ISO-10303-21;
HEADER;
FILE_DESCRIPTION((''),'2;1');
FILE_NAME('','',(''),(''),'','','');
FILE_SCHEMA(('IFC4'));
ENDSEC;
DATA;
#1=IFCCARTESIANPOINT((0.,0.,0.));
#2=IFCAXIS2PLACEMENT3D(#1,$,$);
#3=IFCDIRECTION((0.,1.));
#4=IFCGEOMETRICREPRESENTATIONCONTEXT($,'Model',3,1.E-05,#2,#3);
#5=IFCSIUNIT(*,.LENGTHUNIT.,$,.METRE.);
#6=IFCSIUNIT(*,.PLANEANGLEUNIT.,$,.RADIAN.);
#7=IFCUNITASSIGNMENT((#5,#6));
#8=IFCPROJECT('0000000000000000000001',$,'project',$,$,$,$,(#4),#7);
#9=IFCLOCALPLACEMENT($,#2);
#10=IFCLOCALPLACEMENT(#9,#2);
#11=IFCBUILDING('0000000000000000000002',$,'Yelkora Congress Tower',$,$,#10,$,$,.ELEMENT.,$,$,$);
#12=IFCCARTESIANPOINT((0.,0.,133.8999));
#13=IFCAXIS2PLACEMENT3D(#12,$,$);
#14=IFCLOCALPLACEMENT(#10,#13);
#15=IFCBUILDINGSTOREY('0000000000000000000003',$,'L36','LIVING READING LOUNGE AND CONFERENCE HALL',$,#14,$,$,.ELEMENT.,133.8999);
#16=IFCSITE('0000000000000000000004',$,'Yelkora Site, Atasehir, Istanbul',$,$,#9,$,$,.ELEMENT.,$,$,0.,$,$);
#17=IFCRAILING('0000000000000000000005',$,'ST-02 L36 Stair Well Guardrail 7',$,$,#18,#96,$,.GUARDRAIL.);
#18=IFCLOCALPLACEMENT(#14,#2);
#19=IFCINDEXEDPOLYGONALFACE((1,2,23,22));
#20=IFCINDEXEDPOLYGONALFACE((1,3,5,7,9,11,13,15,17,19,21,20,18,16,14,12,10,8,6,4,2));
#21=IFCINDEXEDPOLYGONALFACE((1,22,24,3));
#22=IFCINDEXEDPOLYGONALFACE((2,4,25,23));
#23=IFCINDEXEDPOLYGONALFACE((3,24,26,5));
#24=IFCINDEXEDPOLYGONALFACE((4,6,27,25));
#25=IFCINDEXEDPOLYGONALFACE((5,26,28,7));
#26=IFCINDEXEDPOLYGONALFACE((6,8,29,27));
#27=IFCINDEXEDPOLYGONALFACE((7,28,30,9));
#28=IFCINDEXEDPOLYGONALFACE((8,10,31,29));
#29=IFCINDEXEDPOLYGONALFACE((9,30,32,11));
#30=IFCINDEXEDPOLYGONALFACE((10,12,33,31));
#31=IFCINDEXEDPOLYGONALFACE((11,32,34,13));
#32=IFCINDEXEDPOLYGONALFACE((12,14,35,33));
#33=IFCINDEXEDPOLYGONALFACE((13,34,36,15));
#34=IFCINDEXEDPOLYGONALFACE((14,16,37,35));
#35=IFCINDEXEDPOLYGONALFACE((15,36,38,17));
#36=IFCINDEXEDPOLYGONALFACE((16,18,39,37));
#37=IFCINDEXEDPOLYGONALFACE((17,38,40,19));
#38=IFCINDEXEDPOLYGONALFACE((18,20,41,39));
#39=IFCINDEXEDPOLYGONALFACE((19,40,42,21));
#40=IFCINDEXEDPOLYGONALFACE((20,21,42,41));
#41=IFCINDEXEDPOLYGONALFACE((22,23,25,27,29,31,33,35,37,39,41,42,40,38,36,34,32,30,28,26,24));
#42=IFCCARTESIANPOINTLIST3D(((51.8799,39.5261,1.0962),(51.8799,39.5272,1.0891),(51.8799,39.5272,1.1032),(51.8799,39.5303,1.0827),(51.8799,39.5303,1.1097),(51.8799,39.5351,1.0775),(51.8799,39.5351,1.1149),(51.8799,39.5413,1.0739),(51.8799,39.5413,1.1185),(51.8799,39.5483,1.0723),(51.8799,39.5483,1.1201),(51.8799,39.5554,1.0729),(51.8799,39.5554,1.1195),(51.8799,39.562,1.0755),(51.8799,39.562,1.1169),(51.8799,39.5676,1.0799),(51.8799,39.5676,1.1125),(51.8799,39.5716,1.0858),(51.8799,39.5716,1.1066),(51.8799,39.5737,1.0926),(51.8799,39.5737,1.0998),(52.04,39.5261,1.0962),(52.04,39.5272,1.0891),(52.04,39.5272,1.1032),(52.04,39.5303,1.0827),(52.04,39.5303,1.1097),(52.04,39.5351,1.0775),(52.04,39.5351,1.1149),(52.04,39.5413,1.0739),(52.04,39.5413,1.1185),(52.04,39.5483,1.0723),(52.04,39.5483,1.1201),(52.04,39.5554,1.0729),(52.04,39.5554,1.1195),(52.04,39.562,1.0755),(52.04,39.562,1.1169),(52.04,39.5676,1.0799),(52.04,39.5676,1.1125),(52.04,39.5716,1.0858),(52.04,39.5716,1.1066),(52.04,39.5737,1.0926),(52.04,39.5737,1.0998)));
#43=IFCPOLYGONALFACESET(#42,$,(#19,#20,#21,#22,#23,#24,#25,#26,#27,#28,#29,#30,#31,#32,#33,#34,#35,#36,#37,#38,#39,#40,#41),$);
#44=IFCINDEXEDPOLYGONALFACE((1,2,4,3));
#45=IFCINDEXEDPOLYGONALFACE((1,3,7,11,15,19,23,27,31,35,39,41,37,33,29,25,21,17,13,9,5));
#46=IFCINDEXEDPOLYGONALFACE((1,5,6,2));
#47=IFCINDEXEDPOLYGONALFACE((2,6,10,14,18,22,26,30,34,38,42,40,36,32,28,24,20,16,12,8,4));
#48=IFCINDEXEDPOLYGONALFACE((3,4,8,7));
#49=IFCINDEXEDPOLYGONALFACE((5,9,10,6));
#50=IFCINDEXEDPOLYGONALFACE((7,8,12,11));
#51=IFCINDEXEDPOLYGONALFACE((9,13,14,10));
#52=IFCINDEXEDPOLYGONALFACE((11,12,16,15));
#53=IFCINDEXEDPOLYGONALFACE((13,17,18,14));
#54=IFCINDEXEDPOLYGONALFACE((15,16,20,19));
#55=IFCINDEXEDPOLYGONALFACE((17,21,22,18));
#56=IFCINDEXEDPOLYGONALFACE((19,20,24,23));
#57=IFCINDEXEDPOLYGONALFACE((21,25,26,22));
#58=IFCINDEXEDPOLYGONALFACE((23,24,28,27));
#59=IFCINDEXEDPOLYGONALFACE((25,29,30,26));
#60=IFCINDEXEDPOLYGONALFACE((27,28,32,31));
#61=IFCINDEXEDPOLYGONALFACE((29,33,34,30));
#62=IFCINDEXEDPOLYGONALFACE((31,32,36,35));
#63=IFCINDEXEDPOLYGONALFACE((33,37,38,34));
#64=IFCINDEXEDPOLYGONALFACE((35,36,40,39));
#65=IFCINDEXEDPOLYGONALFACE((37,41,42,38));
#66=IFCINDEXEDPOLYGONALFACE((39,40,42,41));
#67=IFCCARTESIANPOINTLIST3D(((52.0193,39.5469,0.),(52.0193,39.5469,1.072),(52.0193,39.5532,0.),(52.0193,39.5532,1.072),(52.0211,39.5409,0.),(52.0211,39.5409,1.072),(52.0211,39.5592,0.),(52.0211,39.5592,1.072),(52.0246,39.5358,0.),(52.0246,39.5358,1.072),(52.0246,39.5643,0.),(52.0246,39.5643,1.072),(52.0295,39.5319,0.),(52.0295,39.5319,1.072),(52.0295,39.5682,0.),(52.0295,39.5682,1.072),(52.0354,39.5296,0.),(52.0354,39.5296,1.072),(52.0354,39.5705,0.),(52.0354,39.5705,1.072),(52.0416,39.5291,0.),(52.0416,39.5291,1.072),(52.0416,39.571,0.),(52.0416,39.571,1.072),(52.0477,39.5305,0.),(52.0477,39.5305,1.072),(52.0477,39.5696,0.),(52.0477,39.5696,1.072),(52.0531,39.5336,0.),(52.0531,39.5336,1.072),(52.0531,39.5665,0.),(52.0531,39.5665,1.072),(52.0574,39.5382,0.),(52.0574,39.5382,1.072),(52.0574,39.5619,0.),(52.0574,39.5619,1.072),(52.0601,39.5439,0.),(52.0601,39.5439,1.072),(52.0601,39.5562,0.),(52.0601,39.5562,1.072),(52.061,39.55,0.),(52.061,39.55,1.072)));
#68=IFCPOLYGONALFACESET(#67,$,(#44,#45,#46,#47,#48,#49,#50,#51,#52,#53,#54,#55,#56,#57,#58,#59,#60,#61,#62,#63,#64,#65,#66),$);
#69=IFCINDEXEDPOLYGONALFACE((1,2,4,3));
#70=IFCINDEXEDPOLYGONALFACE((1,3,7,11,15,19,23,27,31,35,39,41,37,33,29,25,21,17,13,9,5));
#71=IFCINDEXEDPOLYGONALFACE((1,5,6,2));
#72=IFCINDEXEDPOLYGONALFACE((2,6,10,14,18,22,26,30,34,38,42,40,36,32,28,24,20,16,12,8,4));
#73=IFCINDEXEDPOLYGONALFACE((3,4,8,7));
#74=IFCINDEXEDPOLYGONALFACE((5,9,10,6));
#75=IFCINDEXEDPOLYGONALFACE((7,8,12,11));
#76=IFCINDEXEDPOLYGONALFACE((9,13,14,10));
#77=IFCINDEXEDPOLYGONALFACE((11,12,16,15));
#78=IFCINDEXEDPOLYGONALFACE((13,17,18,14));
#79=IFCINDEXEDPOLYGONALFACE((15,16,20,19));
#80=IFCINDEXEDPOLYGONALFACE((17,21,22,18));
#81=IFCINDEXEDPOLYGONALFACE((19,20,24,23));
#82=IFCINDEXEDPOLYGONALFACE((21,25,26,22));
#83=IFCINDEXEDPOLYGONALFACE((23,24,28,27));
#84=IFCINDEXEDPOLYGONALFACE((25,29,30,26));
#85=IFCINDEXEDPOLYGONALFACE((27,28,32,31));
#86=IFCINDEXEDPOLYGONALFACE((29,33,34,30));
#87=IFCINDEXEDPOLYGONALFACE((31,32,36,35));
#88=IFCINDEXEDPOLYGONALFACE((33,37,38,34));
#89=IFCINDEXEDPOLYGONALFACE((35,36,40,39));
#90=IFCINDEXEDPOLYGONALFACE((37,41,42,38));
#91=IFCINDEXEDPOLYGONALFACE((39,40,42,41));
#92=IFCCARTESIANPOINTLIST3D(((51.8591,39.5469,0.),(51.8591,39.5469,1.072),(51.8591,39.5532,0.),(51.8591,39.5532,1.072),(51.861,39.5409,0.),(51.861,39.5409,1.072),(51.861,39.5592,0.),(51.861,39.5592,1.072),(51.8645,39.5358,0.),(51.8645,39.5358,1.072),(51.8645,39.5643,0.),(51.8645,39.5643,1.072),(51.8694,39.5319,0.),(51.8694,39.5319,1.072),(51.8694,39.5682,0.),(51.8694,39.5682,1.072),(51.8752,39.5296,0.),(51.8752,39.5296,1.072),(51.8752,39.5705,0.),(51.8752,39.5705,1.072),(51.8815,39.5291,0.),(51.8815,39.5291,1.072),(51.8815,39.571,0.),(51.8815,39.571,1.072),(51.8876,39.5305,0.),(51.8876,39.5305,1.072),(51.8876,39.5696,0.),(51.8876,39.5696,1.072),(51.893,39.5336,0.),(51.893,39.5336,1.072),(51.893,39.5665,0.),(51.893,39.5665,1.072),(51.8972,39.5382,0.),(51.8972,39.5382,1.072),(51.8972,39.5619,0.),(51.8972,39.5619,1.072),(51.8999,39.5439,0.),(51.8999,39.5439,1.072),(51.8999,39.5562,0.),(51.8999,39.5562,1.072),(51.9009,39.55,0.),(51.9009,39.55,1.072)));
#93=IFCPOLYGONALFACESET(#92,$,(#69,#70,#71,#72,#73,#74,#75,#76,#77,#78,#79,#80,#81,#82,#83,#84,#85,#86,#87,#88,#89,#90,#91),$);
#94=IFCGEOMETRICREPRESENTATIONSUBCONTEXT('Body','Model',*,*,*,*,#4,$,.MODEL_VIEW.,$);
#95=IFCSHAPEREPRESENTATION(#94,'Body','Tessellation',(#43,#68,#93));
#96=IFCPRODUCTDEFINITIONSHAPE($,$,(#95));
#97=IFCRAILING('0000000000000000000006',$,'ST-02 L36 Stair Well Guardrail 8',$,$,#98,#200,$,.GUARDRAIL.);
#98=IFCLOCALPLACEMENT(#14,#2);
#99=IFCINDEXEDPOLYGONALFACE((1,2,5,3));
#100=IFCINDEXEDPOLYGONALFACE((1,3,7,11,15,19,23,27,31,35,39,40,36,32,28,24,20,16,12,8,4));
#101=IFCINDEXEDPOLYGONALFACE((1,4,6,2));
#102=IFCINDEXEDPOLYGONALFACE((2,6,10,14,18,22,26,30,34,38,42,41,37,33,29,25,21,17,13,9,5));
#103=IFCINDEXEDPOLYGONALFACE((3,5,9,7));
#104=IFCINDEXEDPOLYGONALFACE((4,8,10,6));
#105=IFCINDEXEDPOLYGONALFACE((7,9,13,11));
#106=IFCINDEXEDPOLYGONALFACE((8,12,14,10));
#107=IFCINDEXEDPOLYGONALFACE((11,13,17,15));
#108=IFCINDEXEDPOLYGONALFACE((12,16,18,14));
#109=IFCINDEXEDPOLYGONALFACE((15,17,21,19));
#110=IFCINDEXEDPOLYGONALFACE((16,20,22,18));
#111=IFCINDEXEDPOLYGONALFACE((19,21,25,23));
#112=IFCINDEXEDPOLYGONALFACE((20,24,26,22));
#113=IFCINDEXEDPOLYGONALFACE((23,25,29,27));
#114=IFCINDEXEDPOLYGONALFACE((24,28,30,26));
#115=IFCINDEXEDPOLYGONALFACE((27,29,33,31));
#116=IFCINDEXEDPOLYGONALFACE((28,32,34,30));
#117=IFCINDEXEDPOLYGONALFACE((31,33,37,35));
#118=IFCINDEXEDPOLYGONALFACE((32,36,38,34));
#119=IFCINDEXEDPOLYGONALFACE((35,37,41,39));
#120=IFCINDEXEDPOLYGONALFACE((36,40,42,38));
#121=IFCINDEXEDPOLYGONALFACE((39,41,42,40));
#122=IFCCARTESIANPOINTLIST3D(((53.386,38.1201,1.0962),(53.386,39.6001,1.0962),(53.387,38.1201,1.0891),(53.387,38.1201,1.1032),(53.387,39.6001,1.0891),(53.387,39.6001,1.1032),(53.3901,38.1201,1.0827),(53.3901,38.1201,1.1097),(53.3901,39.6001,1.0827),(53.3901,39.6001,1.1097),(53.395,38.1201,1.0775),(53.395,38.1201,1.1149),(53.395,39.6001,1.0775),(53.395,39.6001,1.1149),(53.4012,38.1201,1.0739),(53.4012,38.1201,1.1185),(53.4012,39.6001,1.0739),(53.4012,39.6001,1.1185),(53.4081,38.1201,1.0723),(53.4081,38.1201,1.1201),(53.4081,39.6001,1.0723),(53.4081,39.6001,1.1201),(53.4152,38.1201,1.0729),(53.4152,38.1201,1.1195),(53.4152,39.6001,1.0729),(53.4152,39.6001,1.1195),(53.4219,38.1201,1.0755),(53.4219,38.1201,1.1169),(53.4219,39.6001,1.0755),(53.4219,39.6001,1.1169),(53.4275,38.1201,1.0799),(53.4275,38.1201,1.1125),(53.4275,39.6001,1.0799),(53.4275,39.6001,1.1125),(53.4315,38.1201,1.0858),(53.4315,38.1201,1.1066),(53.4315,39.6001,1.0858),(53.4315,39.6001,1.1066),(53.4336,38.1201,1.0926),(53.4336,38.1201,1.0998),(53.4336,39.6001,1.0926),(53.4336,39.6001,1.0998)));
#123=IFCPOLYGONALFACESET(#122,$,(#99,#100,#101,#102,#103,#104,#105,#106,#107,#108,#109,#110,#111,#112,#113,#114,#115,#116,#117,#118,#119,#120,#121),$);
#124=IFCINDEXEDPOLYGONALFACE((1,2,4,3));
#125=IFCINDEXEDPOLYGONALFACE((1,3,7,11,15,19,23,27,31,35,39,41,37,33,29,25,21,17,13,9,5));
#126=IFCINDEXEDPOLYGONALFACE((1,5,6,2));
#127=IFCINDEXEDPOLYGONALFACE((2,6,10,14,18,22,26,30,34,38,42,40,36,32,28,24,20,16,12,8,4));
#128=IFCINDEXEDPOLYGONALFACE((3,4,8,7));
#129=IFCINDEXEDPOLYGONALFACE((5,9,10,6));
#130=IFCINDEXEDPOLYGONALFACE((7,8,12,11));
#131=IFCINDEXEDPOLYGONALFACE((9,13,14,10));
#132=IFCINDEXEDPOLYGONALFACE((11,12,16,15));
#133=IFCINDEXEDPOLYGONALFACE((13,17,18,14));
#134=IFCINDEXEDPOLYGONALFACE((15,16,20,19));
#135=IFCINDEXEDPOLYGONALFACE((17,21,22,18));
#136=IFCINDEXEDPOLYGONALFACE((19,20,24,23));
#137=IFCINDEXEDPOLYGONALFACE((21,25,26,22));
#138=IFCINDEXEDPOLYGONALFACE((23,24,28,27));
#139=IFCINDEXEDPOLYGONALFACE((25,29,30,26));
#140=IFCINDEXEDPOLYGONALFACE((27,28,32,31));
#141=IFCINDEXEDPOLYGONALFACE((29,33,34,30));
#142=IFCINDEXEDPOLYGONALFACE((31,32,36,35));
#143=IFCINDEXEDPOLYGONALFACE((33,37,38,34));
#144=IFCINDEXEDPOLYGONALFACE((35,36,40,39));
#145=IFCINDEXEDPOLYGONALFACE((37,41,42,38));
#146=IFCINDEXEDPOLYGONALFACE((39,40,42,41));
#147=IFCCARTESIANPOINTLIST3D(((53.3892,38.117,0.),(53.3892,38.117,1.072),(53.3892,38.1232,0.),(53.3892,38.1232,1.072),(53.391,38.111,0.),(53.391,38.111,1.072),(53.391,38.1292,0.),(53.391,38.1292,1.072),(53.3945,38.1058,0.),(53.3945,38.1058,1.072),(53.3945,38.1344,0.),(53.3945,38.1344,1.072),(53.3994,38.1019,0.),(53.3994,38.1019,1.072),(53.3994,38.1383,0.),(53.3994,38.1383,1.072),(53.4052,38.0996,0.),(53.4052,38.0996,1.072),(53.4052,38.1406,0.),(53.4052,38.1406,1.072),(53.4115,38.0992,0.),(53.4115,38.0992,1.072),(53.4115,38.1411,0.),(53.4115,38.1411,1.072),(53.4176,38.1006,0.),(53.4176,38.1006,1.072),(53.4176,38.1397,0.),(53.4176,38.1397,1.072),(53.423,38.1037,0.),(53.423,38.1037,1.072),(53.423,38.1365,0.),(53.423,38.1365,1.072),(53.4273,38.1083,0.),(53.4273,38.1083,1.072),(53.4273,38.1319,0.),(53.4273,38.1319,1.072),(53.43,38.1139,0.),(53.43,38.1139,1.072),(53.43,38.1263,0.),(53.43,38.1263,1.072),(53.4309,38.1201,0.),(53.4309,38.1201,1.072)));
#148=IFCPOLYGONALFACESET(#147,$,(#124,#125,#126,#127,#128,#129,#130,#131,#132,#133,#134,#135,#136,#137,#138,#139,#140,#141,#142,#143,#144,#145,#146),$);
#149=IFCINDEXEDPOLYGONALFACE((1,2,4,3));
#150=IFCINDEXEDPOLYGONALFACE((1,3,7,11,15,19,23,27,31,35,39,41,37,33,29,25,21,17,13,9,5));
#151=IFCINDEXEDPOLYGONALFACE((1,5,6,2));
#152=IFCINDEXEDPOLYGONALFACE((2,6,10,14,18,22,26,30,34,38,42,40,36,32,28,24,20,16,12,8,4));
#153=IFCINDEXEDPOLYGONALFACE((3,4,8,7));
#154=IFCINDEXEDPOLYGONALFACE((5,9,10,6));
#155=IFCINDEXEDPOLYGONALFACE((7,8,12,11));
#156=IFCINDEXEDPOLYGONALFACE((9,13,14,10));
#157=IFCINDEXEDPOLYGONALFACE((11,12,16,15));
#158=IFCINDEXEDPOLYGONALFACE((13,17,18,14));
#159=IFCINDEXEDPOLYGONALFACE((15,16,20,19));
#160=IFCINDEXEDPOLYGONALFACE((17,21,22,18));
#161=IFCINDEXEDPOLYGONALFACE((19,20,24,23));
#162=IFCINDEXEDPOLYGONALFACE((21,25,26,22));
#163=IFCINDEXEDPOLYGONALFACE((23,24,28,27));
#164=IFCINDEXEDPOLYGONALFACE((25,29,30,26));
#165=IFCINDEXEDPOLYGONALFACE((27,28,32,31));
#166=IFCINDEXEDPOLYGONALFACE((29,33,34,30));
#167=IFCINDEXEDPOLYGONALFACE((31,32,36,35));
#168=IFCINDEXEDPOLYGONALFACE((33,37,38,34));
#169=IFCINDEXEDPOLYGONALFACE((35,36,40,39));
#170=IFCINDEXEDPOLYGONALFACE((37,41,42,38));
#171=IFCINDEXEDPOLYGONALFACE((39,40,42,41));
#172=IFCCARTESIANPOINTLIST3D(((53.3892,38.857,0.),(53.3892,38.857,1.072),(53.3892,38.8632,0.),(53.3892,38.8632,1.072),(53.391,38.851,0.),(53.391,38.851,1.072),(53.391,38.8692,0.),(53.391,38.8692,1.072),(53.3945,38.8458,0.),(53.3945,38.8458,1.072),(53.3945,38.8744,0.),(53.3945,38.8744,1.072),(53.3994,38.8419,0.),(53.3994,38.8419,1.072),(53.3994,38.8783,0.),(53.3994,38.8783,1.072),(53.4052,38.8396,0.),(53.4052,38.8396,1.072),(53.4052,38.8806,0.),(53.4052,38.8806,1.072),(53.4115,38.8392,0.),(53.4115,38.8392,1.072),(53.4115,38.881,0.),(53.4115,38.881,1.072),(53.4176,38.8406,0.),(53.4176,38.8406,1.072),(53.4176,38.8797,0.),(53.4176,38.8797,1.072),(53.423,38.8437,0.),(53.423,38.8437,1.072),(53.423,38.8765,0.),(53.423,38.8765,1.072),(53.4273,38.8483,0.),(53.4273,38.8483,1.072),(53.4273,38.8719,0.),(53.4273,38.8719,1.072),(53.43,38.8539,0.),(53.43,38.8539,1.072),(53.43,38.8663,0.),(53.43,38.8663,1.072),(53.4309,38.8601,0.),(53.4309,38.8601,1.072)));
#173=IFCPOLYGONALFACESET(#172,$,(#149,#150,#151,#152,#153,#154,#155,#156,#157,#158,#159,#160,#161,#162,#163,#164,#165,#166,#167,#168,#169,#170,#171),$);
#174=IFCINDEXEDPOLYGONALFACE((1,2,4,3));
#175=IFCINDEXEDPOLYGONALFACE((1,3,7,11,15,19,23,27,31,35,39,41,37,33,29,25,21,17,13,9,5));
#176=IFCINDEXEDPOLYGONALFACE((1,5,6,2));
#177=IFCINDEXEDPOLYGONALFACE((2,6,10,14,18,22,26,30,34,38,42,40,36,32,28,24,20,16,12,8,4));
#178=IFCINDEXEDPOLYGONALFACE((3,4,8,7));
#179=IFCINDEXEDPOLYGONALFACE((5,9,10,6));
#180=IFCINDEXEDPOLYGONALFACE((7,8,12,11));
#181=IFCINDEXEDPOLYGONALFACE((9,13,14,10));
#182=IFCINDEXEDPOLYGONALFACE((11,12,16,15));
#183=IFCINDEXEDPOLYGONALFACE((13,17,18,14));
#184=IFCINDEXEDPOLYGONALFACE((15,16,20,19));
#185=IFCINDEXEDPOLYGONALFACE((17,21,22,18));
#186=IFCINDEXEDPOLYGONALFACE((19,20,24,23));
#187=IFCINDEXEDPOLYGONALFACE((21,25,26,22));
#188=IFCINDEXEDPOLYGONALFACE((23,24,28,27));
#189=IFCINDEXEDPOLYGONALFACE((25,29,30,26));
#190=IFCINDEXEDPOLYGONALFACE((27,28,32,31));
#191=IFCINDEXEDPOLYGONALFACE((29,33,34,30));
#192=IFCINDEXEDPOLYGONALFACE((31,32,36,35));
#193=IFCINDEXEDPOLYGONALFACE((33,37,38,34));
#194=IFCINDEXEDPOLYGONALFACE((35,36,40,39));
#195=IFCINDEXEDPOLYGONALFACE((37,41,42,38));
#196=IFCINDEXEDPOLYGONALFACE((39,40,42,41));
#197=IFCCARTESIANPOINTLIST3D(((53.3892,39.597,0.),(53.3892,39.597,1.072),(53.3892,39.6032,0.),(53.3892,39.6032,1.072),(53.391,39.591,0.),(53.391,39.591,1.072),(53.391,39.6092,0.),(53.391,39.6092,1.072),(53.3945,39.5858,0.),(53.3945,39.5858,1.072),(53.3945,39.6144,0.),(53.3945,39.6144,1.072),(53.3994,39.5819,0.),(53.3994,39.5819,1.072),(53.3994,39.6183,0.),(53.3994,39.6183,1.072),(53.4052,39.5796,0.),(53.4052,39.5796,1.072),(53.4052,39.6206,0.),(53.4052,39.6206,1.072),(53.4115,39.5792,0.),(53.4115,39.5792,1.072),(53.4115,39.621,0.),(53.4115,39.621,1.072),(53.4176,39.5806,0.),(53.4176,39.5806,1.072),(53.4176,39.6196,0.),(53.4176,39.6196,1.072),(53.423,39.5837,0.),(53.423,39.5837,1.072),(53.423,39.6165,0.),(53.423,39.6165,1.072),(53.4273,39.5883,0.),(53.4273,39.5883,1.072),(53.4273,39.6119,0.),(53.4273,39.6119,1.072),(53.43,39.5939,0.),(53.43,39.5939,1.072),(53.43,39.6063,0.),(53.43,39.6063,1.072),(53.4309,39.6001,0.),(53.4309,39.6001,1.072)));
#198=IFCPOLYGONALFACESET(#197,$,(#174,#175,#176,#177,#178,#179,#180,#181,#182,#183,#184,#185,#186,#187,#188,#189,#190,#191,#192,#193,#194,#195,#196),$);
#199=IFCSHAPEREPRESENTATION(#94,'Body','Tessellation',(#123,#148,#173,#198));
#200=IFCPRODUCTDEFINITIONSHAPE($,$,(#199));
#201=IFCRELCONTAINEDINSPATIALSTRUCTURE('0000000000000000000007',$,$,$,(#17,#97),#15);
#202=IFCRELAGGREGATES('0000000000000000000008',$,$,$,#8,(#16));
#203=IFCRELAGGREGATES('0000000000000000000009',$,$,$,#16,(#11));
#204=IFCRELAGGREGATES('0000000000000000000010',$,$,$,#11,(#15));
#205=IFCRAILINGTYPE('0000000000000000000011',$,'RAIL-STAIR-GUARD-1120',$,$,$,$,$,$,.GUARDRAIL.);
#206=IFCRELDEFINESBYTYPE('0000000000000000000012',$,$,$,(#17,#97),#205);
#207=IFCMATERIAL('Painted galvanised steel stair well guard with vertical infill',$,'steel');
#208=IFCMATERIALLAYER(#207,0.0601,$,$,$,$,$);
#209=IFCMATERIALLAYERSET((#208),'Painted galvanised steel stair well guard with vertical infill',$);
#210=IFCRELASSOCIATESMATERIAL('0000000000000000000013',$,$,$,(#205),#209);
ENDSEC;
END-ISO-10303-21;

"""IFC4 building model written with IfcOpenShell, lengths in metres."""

from ifc_helpers import new_model, si_unit, direction, frame, origin, origin_2d, place, context, subcontext, project, spatial, circle, extrude, material, layer, layer_set, type_object, element, save


model = new_model("IFC4")

# Units and contexts
model_context = context("Model", 3, precision=1e-05, world=origin(), true_north=direction((0.0, 1.0)))
body_context = subcontext(model_context, "Body", "Model", "MODEL_VIEW")
ifc_project = project(units=[si_unit("LENGTHUNIT", "METRE"), si_unit("PLANEANGLEUNIT", "RADIAN")], contexts=[model_context])

# Site, building, storey
site_placement = place(None, origin())
site = spatial("IfcSite", under=ifc_project, at=site_placement, Name="Yelkora Site, Atasehir, Istanbul", CompositionType="ELEMENT", RefElevation=0.0)
building_placement = place(site_placement, origin())
building = spatial("IfcBuilding", under=site, at=building_placement, Name="Yelkora Congress Tower", CompositionType="ELEMENT")
storey_placement = place(building_placement, frame((0.0, 0.0, 133.8999)))
storey = spatial("IfcBuildingStorey", under=building, at=storey_placement, Name="L36", Description="LIVING READING LOUNGE AND CONFERENCE HALL", CompositionType="ELEMENT", Elevation=133.8999)

# Railings
ifc_material_1 = material(Name="Painted galvanised steel stair well guard with vertical infill", Category="steel")
ifc_layer_1 = layer(ifc_material_1, 0.0601)
ifc_layer_set_1 = layer_set([ifc_layer_1], Name="Painted galvanised steel stair well guard with vertical infill")
railing_type_1 = type_object("IfcRailingType", Name="RAIL-STAIR-GUARD-1120", PredefinedType="GUARDRAIL", material=ifc_layer_set_1)
railing_1_placement = place(storey_placement, frame((52.04, 39.55, 0.0)))
element("IfcRailing", 1, at=railing_1_placement, inside=storey, type_object=railing_type_1, Name="ST-02 L36 Stair Well Guardrail 7", PredefinedType="GUARDRAIL", context=body_context, shape_type="SweptSolid", body=[
    extrude(circle(Radius=0.0239, at=origin_2d()), frame((0.0, 0.0, 1.0962), z_axis=(-1.0, 0.0, 0.0), x_axis=(0.0, -1.0, 0.0)), (0.0, 0.0, 1.0), 0.1602),
    extrude(circle(Radius=0.021, at=origin_2d()), origin(), (0.0, 0.0, 1.0), 1.072),
    extrude(circle(Radius=0.021, at=origin_2d()), frame((-0.1602, 0.0, 0.0)), (0.0, 0.0, 1.0), 1.072),
])
for number, where, name in (
    (2, (53.4099, 38.1201, 0.0), "ST-02 L36 Stair Well Guardrail 8"),
):
    element("IfcRailing", number, at=place(storey_placement, frame(where)), inside=storey, type_object=railing_type_1, Name=name, PredefinedType="GUARDRAIL", context=body_context, shape_type="SweptSolid", body=[
        extrude(circle(Radius=0.0239, at=origin_2d()), frame((0.0, 0.0, 1.0962), z_axis=(0.0, 1.0, 0.0), x_axis=(-1.0, 0.0, 0.0)), (0.0, 0.0, 1.0), 1.48),
        extrude(circle(Radius=0.021, at=origin_2d()), origin(), (0.0, 0.0, 1.0), 1.072),
        extrude(circle(Radius=0.021, at=origin_2d()), frame((0.0, 0.74, 0.0)), (0.0, 0.0, 1.0), 1.072),
        extrude(circle(Radius=0.021, at=origin_2d()), frame((0.0, 1.48, 0.0)), (0.0, 0.0, 1.0), 1.072),
    ])

save(model, "model.ifc")
